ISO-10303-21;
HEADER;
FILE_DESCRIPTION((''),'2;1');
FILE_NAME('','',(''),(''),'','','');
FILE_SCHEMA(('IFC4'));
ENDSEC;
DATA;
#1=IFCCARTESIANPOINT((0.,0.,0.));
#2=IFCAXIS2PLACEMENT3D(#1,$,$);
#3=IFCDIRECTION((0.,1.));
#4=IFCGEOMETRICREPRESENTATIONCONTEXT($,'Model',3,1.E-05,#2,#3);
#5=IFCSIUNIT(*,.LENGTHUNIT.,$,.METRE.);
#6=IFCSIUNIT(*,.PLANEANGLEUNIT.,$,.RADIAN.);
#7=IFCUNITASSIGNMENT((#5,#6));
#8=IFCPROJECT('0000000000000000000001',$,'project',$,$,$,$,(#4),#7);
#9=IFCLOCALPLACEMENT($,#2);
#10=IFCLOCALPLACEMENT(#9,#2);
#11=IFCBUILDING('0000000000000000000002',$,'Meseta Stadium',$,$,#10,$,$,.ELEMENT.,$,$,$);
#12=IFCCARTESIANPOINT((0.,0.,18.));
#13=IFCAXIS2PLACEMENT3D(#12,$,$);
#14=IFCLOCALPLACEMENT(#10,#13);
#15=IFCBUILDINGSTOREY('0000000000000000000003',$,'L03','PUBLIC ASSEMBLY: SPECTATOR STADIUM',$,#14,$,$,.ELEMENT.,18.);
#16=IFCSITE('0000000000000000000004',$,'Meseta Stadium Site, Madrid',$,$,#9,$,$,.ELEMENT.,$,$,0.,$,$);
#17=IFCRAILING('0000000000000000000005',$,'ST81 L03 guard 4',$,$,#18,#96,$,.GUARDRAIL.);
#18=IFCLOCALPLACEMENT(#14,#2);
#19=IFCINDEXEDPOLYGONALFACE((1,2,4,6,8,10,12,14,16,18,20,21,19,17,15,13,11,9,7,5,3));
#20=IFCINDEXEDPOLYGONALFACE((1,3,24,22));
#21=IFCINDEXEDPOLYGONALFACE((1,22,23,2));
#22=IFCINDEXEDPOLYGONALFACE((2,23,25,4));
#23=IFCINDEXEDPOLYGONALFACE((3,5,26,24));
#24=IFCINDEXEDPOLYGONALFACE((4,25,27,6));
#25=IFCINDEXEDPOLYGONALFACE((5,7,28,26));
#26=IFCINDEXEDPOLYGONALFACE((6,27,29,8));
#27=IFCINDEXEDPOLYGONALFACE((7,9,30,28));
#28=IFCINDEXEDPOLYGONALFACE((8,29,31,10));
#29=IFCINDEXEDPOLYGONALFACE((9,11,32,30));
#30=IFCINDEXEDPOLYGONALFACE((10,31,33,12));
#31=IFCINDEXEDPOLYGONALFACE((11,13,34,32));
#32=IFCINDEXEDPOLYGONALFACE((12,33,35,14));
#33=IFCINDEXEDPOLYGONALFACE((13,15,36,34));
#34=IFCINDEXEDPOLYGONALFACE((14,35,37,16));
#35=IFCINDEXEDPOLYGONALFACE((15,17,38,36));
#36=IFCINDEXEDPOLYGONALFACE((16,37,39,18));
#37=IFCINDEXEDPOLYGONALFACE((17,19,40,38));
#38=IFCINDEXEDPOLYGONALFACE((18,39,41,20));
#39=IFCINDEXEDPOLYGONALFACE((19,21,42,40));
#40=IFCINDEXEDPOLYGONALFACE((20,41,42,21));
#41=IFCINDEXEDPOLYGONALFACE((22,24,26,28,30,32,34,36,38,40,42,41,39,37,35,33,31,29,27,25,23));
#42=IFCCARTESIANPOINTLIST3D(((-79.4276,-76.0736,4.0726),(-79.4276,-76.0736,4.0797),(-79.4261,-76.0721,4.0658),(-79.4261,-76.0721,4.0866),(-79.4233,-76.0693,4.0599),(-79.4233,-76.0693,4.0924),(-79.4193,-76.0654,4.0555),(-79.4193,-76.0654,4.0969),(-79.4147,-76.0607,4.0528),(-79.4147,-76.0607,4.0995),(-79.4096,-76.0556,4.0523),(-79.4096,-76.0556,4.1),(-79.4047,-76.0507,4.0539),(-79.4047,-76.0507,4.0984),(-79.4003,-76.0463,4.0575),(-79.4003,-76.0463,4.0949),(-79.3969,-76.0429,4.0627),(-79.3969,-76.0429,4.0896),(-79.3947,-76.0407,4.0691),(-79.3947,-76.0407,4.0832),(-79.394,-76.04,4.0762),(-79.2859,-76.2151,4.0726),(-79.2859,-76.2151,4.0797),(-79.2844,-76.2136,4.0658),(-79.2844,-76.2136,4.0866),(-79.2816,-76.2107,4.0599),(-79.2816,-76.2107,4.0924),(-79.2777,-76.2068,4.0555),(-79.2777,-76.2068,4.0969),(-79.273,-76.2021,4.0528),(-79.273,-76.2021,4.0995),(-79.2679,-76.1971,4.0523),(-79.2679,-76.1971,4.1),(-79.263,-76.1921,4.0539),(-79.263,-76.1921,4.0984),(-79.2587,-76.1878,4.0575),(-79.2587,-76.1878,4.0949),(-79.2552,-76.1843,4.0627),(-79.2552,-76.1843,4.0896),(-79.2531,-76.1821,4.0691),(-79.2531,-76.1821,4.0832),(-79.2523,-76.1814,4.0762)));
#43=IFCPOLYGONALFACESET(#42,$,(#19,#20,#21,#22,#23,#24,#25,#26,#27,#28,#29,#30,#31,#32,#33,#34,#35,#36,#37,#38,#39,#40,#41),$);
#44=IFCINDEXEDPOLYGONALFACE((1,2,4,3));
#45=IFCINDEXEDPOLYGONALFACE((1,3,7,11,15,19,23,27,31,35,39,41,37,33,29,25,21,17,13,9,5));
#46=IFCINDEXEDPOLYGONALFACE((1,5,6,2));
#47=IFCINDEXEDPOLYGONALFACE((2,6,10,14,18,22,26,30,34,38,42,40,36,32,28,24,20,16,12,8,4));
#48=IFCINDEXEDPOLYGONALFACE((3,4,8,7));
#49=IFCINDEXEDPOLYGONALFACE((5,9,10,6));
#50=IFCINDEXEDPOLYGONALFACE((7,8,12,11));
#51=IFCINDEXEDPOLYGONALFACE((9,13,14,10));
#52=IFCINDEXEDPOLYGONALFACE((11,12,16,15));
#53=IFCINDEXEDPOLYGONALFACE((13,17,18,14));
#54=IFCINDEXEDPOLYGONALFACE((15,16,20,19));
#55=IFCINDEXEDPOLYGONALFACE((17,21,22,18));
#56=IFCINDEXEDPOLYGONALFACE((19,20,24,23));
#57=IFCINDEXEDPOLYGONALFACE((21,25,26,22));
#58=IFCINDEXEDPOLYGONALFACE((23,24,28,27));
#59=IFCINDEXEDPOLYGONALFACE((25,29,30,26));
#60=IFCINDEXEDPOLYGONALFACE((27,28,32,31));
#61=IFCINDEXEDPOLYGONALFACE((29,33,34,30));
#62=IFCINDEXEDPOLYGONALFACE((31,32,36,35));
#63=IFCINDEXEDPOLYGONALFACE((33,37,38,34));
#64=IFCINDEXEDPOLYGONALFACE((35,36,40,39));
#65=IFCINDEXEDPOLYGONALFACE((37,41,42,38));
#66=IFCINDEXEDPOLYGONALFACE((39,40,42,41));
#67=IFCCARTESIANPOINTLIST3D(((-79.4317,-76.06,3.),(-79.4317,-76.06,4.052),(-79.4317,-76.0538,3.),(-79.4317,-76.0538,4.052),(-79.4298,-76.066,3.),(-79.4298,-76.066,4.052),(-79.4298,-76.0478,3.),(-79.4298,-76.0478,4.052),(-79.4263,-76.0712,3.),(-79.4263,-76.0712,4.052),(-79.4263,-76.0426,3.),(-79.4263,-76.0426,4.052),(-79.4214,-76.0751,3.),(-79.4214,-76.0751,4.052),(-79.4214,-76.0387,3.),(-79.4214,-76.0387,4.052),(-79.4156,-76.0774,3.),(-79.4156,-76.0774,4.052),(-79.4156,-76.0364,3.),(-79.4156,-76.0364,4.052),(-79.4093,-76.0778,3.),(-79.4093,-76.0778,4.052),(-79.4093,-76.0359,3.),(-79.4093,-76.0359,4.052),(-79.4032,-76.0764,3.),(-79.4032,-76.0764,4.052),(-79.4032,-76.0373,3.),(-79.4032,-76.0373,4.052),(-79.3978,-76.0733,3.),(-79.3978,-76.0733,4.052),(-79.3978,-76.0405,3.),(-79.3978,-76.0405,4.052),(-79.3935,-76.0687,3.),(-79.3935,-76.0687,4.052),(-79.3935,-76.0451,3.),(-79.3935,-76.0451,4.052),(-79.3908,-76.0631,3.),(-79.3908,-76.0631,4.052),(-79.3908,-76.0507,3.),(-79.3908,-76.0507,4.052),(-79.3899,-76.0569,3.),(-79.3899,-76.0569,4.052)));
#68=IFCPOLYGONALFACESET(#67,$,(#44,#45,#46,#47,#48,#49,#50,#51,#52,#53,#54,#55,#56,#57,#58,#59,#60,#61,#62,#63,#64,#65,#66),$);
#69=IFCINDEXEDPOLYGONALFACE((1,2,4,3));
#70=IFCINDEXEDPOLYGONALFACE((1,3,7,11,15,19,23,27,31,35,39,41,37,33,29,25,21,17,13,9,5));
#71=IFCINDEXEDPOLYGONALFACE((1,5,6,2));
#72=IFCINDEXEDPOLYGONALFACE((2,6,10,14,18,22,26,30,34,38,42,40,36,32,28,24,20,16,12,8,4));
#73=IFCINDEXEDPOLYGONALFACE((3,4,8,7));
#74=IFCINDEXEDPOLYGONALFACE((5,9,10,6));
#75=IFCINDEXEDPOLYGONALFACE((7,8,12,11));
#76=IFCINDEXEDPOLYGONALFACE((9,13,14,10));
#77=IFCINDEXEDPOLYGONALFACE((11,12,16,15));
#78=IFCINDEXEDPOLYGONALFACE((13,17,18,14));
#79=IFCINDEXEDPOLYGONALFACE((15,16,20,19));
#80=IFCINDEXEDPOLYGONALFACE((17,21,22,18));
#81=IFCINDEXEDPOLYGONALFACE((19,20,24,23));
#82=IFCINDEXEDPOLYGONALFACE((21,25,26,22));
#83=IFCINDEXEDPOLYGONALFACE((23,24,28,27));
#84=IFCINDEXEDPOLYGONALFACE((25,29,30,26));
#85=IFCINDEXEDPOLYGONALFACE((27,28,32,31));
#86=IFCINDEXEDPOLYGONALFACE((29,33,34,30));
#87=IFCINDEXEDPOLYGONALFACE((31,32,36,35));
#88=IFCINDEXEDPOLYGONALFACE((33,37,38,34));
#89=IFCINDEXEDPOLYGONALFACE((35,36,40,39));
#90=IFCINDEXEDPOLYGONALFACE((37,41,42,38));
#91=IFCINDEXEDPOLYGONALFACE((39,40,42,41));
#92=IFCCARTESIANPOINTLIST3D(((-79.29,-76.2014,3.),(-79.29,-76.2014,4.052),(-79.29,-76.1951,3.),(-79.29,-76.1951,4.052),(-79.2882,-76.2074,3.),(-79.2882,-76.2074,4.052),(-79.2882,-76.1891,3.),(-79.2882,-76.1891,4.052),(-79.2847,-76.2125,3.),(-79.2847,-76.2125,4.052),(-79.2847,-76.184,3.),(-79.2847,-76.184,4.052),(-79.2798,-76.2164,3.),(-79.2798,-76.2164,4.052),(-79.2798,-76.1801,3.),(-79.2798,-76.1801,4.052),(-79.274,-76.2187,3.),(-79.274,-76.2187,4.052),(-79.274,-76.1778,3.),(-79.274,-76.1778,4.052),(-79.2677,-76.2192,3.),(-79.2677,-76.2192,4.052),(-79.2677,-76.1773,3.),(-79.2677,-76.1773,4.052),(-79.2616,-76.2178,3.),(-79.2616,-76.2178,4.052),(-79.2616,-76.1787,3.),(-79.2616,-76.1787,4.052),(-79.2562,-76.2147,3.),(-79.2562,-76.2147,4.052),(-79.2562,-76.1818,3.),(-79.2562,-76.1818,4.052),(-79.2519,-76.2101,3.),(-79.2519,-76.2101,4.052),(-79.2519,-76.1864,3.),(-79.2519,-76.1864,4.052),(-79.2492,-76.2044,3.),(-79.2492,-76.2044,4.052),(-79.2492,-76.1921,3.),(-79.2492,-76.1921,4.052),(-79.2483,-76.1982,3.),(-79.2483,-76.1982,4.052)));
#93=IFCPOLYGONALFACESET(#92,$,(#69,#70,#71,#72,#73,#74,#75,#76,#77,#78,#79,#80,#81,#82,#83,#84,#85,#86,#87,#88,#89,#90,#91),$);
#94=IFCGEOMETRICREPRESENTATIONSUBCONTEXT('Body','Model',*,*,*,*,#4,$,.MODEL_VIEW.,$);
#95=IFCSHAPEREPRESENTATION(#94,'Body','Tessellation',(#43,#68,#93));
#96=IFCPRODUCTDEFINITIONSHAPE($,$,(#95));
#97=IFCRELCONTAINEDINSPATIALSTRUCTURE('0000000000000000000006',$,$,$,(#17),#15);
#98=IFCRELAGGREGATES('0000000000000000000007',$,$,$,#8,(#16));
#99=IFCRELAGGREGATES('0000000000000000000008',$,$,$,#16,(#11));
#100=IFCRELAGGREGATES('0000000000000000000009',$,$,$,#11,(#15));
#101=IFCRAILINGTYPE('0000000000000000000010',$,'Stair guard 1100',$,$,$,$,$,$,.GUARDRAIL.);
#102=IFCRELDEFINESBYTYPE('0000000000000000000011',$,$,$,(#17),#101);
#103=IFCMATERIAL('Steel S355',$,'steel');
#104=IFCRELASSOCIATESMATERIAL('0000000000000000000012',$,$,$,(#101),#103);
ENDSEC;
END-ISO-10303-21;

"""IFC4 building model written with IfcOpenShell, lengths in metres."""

from ifc_helpers import new_model, si_unit, direction, frame, origin, origin_2d, place, context, subcontext, project, spatial, circle, extrude, material, type_object, element, save


model = new_model("IFC4")

# Units and contexts
model_context = context("Model", 3, precision=1e-05, world=origin(), true_north=direction((0.0, 1.0)))
body_context = subcontext(model_context, "Body", "Model", "MODEL_VIEW")
ifc_project = project(units=[si_unit("LENGTHUNIT", "METRE"), si_unit("PLANEANGLEUNIT", "RADIAN")], contexts=[model_context])

# Site, building, storey
site_placement = place(None, origin())
site = spatial("IfcSite", under=ifc_project, at=site_placement, Name="Meseta Stadium Site, Madrid", CompositionType="ELEMENT", RefElevation=0.0)
building_placement = place(site_placement, origin())
building = spatial("IfcBuilding", under=site, at=building_placement, Name="Meseta Stadium", CompositionType="ELEMENT")
storey_placement = place(building_placement, frame((0.0, 0.0, 18.0)))
storey = spatial("IfcBuildingStorey", under=building, at=storey_placement, Name="L03", Description="PUBLIC ASSEMBLY: SPECTATOR STADIUM", CompositionType="ELEMENT", Elevation=18.0)

# Railing
ifc_material_1 = material(Name="Steel S355", Category="steel")
railing_type_1 = type_object("IfcRailingType", Name="Stair guard 1100", PredefinedType="GUARDRAIL", material=ifc_material_1)
railing_1_placement = place(storey_placement, frame((-79.4109, -76.0569, 3.0)))
element("IfcRailing", 1, at=railing_1_placement, inside=storey, type_object=railing_type_1, Name="ST81 L03 guard 4", PredefinedType="GUARDRAIL", context=body_context, shape_type="SweptSolid", body=[
    extrude(circle(Radius=0.0239, at=origin_2d()), frame((0.0, 0.0, 1.0762), z_axis=(0.707717, -0.706496, 0.0), x_axis=(0.706496, 0.707717, 0.0)), (0.0, 0.0, 1.0), 0.2002),
    extrude(circle(Radius=0.021, at=origin_2d()), origin(), (0.0, 0.0, 1.0), 1.052),
    extrude(circle(Radius=0.021, at=origin_2d()), frame((0.1416, -0.1414, 0.0)), (0.0, 0.0, 1.0), 1.052),
])

save(model, "model.ifc")
